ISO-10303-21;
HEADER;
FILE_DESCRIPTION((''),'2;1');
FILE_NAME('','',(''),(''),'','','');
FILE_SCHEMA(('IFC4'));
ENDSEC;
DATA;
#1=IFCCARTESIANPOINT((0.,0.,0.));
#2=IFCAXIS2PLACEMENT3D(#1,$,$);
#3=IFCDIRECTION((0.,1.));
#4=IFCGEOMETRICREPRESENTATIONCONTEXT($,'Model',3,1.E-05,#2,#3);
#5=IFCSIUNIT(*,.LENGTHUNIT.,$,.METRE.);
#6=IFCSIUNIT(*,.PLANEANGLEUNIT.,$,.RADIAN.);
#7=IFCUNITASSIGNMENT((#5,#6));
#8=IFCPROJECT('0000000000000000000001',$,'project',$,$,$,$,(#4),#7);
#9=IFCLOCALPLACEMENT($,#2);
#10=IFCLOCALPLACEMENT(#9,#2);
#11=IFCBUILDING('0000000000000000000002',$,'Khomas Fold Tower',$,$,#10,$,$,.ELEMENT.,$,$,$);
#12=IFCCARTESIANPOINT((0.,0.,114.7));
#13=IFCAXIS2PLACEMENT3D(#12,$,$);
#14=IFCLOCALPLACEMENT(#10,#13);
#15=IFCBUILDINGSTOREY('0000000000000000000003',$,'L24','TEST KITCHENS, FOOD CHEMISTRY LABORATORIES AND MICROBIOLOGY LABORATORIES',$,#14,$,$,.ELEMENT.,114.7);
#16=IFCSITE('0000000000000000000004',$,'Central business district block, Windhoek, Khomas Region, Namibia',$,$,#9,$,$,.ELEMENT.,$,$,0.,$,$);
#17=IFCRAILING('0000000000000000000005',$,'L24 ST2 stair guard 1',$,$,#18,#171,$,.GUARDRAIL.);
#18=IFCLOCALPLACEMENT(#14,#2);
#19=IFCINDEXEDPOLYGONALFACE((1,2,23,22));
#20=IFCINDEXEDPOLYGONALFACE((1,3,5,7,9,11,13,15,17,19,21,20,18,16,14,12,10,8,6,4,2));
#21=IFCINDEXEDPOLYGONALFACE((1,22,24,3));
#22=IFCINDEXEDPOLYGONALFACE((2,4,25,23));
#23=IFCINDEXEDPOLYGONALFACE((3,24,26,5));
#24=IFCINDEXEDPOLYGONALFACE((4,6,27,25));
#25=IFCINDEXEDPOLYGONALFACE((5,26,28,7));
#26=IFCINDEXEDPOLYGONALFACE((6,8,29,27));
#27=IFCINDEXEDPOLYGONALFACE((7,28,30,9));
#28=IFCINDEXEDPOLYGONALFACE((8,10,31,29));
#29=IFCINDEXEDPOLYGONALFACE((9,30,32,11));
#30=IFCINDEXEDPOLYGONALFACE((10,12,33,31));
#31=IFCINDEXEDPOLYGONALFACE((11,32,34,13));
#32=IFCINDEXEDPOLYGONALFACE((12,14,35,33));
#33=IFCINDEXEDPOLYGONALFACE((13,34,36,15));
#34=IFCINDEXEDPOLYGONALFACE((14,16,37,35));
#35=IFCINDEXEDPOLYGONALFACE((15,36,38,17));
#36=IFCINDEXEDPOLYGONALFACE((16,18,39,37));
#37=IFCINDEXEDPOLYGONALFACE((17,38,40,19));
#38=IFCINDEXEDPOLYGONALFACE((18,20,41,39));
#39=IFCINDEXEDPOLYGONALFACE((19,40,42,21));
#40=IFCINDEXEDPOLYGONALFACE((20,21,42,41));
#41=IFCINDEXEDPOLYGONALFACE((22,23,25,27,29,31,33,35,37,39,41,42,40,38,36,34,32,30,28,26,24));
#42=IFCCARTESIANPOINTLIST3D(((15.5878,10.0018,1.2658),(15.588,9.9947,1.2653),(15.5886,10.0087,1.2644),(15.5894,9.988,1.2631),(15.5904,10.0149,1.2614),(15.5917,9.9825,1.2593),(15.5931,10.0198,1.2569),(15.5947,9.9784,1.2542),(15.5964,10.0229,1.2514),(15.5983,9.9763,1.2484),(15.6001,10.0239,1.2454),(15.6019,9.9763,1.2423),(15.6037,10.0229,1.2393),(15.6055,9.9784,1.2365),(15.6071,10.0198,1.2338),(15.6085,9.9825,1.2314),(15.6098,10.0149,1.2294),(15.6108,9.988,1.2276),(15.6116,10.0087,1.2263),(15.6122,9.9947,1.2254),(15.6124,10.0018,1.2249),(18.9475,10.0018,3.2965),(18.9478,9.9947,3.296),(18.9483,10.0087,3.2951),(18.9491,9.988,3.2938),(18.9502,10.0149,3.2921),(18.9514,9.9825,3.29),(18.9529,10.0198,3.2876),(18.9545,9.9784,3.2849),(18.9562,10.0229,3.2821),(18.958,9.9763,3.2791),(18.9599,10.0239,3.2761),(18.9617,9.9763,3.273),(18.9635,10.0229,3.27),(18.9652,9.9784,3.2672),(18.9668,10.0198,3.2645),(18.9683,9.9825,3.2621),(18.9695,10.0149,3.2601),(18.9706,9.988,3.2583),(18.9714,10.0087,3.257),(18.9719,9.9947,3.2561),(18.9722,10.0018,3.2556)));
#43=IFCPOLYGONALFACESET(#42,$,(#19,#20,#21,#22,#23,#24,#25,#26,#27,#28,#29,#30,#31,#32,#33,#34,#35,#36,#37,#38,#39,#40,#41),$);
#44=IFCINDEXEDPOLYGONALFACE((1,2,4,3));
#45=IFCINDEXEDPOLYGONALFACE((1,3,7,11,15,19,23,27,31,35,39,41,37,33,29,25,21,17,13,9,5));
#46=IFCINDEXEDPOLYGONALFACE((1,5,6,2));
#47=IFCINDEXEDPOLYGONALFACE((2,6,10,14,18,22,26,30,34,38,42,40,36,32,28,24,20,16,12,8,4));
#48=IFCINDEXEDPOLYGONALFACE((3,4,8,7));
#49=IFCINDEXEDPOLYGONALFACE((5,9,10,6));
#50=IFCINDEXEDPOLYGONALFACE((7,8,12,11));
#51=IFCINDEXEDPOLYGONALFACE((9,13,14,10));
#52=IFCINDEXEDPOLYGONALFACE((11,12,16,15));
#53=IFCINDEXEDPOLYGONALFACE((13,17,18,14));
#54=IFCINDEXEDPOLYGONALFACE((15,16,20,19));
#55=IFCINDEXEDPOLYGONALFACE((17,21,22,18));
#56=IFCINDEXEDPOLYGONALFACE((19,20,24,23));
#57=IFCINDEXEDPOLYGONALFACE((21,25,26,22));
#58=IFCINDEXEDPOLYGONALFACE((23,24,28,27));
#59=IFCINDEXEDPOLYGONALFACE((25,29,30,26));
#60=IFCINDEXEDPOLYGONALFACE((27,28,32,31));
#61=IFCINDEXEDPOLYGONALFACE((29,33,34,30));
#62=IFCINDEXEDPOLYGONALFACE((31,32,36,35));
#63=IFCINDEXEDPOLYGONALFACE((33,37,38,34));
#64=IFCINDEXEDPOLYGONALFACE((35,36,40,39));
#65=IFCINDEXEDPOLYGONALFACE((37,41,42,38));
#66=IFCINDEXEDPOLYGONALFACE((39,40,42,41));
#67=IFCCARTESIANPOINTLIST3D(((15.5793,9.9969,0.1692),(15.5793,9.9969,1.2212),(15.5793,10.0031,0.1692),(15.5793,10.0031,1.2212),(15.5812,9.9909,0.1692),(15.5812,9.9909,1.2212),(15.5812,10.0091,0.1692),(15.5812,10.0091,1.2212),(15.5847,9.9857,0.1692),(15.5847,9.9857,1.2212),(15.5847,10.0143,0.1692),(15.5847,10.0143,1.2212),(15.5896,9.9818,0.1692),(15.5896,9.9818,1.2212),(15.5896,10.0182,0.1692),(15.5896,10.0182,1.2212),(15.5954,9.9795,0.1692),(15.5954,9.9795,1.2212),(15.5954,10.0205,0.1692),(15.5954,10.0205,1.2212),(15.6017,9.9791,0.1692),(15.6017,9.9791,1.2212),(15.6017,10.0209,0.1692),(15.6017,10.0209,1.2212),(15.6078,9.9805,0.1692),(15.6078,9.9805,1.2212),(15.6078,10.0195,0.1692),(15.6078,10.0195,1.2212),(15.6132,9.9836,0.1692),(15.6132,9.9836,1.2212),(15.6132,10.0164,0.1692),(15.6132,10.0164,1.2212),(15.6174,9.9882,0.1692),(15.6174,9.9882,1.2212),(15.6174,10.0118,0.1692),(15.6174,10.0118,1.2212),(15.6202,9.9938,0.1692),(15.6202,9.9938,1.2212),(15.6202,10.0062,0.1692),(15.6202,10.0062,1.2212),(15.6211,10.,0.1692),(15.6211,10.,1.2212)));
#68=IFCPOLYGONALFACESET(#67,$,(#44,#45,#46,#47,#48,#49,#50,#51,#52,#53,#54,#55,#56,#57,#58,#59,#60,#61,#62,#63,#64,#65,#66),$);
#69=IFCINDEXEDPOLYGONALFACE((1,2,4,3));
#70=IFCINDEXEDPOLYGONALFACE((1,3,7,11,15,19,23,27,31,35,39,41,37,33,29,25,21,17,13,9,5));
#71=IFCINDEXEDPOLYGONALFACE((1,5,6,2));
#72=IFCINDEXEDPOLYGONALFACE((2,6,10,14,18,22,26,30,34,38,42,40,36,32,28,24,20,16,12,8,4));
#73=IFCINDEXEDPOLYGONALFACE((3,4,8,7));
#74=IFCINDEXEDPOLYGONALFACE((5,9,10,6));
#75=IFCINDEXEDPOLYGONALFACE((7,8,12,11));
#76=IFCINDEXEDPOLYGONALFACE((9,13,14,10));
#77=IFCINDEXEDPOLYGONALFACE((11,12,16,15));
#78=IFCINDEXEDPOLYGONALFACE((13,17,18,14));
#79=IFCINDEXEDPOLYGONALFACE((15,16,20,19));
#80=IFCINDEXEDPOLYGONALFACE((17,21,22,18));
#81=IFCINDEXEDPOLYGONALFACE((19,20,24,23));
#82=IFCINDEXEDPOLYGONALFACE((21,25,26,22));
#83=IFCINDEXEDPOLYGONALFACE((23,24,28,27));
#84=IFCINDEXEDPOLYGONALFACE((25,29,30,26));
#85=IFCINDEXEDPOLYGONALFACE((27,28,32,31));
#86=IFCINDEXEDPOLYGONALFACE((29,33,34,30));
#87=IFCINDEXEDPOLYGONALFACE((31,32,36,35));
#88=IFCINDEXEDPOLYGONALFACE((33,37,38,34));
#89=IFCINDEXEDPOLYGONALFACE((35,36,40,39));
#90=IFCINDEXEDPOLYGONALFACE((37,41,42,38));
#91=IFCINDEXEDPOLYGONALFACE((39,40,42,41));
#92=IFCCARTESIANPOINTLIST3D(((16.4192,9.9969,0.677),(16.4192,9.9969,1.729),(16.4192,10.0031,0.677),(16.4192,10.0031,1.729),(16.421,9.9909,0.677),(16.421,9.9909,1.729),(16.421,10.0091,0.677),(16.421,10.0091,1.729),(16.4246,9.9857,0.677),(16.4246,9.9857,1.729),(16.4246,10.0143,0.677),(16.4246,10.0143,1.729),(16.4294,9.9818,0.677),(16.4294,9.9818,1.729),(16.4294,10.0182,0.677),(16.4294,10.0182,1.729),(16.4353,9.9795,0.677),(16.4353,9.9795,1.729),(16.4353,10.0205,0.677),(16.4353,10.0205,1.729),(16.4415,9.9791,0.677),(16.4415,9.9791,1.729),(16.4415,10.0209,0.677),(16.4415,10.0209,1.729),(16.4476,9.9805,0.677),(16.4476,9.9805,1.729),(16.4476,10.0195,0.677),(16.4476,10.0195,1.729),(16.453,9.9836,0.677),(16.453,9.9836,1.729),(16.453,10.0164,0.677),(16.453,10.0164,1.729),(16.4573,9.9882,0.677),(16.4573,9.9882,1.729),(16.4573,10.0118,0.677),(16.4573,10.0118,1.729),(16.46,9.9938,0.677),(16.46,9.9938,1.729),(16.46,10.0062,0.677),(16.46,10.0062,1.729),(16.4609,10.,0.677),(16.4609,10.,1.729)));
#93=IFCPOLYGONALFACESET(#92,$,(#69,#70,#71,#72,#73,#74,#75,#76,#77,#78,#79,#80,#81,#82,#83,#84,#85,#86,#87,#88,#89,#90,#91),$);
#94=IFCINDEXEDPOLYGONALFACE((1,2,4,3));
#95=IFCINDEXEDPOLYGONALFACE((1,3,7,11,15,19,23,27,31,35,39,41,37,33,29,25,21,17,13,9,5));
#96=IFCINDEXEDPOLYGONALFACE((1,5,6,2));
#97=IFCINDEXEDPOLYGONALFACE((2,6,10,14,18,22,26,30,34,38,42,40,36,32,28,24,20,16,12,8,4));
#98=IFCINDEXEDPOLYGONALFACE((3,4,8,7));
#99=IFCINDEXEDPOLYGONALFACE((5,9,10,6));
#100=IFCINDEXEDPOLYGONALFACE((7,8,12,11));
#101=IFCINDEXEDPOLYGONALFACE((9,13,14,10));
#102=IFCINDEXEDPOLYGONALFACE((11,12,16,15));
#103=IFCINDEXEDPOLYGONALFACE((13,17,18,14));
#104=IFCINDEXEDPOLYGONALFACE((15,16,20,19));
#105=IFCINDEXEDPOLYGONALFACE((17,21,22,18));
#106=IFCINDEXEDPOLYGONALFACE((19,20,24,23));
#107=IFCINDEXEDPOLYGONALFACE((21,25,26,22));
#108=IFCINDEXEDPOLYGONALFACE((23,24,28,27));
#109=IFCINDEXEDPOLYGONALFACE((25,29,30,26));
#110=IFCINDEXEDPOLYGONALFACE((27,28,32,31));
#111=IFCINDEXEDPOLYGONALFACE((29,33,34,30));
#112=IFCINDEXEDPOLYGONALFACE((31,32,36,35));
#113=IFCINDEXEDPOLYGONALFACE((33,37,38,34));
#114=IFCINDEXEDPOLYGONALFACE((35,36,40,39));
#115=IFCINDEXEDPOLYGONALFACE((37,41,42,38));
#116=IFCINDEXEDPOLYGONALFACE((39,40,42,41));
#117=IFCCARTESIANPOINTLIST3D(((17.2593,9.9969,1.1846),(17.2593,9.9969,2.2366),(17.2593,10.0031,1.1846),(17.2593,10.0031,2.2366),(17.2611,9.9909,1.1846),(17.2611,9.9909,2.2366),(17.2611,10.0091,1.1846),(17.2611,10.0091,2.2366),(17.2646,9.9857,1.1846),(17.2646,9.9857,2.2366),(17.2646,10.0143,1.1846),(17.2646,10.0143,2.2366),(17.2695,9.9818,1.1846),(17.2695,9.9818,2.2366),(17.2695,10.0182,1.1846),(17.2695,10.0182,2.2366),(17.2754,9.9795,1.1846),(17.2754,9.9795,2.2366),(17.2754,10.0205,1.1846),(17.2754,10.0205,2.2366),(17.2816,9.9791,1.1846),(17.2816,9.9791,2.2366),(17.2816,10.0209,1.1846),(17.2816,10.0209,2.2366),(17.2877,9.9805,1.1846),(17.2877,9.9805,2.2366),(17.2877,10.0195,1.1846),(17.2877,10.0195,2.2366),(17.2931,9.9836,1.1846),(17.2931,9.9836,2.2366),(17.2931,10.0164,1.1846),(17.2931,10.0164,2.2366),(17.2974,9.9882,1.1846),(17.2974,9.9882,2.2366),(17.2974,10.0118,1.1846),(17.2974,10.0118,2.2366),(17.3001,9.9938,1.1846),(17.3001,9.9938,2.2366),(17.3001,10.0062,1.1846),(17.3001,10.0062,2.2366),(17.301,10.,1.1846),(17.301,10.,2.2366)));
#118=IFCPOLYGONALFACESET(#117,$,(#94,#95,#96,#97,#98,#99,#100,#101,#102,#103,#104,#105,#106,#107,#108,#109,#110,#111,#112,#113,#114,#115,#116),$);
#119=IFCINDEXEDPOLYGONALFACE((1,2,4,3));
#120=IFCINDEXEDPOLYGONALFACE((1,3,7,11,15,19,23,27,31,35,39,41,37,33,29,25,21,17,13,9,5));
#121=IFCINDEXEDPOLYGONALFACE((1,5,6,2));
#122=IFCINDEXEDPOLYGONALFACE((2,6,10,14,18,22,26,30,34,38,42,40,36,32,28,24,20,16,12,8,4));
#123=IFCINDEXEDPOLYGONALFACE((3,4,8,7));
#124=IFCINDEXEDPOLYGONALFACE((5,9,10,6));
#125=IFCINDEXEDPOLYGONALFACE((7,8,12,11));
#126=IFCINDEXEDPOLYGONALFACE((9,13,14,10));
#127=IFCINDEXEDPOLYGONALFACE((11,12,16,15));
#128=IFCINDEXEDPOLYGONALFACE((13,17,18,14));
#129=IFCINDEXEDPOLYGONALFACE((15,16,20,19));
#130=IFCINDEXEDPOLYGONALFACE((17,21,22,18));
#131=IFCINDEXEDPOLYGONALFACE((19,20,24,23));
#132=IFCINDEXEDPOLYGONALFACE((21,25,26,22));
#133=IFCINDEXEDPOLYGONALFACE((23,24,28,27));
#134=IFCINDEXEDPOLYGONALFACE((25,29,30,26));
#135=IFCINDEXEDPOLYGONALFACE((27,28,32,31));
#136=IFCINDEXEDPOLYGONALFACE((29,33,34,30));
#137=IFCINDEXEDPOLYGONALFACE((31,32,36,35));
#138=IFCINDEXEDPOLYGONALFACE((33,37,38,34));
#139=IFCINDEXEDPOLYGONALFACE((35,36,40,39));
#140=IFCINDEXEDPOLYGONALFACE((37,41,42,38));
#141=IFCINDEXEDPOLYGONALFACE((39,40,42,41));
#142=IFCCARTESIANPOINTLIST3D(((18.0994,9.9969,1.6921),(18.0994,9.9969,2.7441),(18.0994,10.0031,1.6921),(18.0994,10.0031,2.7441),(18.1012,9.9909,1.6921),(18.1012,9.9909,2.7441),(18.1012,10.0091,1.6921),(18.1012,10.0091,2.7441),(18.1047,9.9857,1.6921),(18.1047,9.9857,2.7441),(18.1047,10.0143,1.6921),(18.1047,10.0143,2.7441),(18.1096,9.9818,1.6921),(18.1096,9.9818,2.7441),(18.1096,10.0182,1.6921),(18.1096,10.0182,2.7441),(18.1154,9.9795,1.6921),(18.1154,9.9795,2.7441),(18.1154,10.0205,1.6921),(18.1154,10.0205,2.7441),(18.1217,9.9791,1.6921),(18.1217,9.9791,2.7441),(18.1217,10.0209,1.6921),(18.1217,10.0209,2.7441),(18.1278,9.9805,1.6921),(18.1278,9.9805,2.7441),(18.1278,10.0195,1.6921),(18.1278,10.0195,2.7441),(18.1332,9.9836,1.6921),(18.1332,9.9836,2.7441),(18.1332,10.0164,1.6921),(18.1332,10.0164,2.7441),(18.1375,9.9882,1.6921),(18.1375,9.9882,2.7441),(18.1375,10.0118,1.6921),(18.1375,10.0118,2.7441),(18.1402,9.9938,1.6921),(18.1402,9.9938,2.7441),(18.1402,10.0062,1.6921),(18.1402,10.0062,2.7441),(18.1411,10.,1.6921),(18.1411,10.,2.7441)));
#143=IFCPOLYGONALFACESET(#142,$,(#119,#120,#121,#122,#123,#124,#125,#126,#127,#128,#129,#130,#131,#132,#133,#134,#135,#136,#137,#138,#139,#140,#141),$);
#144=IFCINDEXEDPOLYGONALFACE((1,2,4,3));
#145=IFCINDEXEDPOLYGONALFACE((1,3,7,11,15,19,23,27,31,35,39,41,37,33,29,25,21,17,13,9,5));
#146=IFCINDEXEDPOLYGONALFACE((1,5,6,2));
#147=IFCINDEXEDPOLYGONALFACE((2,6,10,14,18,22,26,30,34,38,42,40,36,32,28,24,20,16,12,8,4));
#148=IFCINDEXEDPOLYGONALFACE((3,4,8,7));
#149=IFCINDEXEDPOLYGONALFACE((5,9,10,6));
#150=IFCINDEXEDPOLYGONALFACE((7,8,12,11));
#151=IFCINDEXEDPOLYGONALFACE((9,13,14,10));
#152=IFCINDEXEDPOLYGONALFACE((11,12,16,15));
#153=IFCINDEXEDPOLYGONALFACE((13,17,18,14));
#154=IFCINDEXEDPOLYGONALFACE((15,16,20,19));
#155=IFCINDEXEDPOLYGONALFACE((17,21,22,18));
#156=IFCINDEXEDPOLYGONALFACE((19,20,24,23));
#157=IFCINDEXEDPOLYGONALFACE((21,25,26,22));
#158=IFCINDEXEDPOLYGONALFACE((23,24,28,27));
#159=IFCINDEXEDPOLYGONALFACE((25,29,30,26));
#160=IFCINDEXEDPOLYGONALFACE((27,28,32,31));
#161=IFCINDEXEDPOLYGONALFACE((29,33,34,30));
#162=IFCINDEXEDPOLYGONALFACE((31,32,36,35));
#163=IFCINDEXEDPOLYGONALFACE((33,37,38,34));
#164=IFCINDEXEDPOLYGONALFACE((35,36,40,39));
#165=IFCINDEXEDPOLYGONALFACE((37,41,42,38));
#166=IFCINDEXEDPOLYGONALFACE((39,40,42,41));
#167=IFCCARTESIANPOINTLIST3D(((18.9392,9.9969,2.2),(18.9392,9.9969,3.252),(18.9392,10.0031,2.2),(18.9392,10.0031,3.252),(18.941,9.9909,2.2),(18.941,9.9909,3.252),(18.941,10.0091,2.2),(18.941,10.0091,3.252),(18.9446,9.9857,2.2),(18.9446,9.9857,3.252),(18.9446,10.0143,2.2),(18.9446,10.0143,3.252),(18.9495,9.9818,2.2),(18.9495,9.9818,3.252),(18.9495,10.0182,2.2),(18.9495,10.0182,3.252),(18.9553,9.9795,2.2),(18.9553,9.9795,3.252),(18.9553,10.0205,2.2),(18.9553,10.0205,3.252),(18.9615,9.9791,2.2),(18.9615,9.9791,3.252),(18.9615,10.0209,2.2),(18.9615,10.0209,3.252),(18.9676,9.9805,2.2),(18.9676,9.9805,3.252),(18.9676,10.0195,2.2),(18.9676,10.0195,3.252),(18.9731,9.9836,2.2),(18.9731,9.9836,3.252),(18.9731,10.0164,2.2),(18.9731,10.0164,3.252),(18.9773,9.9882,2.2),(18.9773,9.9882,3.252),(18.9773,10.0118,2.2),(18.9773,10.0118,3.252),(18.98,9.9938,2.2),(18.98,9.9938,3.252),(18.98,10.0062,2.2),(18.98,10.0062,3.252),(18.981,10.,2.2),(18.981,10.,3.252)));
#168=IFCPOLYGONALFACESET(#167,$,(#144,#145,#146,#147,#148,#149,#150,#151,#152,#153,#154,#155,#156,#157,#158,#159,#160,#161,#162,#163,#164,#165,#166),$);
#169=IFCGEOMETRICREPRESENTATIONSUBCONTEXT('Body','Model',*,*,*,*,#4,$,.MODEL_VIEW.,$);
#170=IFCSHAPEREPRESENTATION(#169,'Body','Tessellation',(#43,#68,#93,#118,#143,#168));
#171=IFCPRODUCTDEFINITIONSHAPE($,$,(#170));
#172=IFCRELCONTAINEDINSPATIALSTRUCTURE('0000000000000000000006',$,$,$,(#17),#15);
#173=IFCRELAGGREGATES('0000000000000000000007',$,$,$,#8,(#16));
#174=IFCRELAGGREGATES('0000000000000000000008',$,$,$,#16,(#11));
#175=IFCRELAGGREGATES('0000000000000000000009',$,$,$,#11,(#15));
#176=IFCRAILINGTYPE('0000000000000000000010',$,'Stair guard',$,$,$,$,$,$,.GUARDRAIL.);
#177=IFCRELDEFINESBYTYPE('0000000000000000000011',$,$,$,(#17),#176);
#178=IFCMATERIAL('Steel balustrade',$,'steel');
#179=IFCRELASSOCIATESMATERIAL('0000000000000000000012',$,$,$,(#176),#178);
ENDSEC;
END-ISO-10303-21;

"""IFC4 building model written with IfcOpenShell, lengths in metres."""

from ifc_helpers import new_model, si_unit, direction, frame, origin, origin_2d, place, context, subcontext, project, spatial, circle, extrude, source, transform, mapped, material, type_object, element, save


model = new_model("IFC4")

# Units and contexts
model_context = context("Model", 3, precision=1e-05, world=origin(), true_north=direction((0.0, 1.0)))
body_context = subcontext(model_context, "Body", "Model", "MODEL_VIEW")
ifc_project = project(units=[si_unit("LENGTHUNIT", "METRE"), si_unit("PLANEANGLEUNIT", "RADIAN")], contexts=[model_context])

# Site, building, storey
site_placement = place(None, origin())
site = spatial("IfcSite", under=ifc_project, at=site_placement, Name="Central business district block, Windhoek, Khomas Region, Namibia", CompositionType="ELEMENT", RefElevation=0.0)
building_placement = place(site_placement, origin())
building = spatial("IfcBuilding", under=site, at=building_placement, Name="Khomas Fold Tower", CompositionType="ELEMENT")
storey_placement = place(building_placement, frame((0.0, 0.0, 114.7)))
storey = spatial("IfcBuildingStorey", under=building, at=storey_placement, Name="L24", Description="TEST KITCHENS, FOOD CHEMISTRY LABORATORIES AND MICROBIOLOGY LABORATORIES", CompositionType="ELEMENT", Elevation=114.7)

# Railing
ifc_material_1 = material(Name="Steel balustrade", Category="steel")
railing_type_1 = type_object("IfcRailingType", Name="Stair guard", PredefinedType="GUARDRAIL", material=ifc_material_1)
shared_shape_1 = source(origin(), body_context, "Body", "SweptSolid", [
    extrude(circle(Radius=0.0239, at=origin_2d()), frame((0.0, 0.0, 1.0762), z_axis=(0.85582, 0.0, 0.517273), x_axis=(0.0, 1.0, 0.0)), (0.0, 0.0, 1.0), 3.9258),
    extrude(circle(Radius=0.021, at=origin_2d()), origin(), (0.0, 0.0, 1.0), 1.052),
    extrude(circle(Radius=0.021, at=origin_2d()), frame((0.8398, 0.0, 0.5078)), (0.0, 0.0, 1.0), 1.052),
    extrude(circle(Radius=0.021, at=origin_2d()), frame((1.6799, 0.0, 1.0154)), (0.0, 0.0, 1.0), 1.052),
    extrude(circle(Radius=0.021, at=origin_2d()), frame((2.52, 0.0, 1.5229)), (0.0, 0.0, 1.0), 1.052),
    extrude(circle(Radius=0.021, at=origin_2d()), frame((3.3599, 0.0, 2.0308)), (0.0, 0.0, 1.0), 1.052),
])
railing_1_placement = place(storey_placement, frame((15.6001, 10.0, 0.1692)))
element("IfcRailing", 1, at=railing_1_placement, inside=storey, type_object=railing_type_1, Name="L24 ST2 stair guard 1", PredefinedType="GUARDRAIL", context=body_context, shape_type="MappedRepresentation", body=[
    mapped(shared_shape_1, transform((0.0, 0.0, 0.0))),
])

save(model, "model.ifc")
